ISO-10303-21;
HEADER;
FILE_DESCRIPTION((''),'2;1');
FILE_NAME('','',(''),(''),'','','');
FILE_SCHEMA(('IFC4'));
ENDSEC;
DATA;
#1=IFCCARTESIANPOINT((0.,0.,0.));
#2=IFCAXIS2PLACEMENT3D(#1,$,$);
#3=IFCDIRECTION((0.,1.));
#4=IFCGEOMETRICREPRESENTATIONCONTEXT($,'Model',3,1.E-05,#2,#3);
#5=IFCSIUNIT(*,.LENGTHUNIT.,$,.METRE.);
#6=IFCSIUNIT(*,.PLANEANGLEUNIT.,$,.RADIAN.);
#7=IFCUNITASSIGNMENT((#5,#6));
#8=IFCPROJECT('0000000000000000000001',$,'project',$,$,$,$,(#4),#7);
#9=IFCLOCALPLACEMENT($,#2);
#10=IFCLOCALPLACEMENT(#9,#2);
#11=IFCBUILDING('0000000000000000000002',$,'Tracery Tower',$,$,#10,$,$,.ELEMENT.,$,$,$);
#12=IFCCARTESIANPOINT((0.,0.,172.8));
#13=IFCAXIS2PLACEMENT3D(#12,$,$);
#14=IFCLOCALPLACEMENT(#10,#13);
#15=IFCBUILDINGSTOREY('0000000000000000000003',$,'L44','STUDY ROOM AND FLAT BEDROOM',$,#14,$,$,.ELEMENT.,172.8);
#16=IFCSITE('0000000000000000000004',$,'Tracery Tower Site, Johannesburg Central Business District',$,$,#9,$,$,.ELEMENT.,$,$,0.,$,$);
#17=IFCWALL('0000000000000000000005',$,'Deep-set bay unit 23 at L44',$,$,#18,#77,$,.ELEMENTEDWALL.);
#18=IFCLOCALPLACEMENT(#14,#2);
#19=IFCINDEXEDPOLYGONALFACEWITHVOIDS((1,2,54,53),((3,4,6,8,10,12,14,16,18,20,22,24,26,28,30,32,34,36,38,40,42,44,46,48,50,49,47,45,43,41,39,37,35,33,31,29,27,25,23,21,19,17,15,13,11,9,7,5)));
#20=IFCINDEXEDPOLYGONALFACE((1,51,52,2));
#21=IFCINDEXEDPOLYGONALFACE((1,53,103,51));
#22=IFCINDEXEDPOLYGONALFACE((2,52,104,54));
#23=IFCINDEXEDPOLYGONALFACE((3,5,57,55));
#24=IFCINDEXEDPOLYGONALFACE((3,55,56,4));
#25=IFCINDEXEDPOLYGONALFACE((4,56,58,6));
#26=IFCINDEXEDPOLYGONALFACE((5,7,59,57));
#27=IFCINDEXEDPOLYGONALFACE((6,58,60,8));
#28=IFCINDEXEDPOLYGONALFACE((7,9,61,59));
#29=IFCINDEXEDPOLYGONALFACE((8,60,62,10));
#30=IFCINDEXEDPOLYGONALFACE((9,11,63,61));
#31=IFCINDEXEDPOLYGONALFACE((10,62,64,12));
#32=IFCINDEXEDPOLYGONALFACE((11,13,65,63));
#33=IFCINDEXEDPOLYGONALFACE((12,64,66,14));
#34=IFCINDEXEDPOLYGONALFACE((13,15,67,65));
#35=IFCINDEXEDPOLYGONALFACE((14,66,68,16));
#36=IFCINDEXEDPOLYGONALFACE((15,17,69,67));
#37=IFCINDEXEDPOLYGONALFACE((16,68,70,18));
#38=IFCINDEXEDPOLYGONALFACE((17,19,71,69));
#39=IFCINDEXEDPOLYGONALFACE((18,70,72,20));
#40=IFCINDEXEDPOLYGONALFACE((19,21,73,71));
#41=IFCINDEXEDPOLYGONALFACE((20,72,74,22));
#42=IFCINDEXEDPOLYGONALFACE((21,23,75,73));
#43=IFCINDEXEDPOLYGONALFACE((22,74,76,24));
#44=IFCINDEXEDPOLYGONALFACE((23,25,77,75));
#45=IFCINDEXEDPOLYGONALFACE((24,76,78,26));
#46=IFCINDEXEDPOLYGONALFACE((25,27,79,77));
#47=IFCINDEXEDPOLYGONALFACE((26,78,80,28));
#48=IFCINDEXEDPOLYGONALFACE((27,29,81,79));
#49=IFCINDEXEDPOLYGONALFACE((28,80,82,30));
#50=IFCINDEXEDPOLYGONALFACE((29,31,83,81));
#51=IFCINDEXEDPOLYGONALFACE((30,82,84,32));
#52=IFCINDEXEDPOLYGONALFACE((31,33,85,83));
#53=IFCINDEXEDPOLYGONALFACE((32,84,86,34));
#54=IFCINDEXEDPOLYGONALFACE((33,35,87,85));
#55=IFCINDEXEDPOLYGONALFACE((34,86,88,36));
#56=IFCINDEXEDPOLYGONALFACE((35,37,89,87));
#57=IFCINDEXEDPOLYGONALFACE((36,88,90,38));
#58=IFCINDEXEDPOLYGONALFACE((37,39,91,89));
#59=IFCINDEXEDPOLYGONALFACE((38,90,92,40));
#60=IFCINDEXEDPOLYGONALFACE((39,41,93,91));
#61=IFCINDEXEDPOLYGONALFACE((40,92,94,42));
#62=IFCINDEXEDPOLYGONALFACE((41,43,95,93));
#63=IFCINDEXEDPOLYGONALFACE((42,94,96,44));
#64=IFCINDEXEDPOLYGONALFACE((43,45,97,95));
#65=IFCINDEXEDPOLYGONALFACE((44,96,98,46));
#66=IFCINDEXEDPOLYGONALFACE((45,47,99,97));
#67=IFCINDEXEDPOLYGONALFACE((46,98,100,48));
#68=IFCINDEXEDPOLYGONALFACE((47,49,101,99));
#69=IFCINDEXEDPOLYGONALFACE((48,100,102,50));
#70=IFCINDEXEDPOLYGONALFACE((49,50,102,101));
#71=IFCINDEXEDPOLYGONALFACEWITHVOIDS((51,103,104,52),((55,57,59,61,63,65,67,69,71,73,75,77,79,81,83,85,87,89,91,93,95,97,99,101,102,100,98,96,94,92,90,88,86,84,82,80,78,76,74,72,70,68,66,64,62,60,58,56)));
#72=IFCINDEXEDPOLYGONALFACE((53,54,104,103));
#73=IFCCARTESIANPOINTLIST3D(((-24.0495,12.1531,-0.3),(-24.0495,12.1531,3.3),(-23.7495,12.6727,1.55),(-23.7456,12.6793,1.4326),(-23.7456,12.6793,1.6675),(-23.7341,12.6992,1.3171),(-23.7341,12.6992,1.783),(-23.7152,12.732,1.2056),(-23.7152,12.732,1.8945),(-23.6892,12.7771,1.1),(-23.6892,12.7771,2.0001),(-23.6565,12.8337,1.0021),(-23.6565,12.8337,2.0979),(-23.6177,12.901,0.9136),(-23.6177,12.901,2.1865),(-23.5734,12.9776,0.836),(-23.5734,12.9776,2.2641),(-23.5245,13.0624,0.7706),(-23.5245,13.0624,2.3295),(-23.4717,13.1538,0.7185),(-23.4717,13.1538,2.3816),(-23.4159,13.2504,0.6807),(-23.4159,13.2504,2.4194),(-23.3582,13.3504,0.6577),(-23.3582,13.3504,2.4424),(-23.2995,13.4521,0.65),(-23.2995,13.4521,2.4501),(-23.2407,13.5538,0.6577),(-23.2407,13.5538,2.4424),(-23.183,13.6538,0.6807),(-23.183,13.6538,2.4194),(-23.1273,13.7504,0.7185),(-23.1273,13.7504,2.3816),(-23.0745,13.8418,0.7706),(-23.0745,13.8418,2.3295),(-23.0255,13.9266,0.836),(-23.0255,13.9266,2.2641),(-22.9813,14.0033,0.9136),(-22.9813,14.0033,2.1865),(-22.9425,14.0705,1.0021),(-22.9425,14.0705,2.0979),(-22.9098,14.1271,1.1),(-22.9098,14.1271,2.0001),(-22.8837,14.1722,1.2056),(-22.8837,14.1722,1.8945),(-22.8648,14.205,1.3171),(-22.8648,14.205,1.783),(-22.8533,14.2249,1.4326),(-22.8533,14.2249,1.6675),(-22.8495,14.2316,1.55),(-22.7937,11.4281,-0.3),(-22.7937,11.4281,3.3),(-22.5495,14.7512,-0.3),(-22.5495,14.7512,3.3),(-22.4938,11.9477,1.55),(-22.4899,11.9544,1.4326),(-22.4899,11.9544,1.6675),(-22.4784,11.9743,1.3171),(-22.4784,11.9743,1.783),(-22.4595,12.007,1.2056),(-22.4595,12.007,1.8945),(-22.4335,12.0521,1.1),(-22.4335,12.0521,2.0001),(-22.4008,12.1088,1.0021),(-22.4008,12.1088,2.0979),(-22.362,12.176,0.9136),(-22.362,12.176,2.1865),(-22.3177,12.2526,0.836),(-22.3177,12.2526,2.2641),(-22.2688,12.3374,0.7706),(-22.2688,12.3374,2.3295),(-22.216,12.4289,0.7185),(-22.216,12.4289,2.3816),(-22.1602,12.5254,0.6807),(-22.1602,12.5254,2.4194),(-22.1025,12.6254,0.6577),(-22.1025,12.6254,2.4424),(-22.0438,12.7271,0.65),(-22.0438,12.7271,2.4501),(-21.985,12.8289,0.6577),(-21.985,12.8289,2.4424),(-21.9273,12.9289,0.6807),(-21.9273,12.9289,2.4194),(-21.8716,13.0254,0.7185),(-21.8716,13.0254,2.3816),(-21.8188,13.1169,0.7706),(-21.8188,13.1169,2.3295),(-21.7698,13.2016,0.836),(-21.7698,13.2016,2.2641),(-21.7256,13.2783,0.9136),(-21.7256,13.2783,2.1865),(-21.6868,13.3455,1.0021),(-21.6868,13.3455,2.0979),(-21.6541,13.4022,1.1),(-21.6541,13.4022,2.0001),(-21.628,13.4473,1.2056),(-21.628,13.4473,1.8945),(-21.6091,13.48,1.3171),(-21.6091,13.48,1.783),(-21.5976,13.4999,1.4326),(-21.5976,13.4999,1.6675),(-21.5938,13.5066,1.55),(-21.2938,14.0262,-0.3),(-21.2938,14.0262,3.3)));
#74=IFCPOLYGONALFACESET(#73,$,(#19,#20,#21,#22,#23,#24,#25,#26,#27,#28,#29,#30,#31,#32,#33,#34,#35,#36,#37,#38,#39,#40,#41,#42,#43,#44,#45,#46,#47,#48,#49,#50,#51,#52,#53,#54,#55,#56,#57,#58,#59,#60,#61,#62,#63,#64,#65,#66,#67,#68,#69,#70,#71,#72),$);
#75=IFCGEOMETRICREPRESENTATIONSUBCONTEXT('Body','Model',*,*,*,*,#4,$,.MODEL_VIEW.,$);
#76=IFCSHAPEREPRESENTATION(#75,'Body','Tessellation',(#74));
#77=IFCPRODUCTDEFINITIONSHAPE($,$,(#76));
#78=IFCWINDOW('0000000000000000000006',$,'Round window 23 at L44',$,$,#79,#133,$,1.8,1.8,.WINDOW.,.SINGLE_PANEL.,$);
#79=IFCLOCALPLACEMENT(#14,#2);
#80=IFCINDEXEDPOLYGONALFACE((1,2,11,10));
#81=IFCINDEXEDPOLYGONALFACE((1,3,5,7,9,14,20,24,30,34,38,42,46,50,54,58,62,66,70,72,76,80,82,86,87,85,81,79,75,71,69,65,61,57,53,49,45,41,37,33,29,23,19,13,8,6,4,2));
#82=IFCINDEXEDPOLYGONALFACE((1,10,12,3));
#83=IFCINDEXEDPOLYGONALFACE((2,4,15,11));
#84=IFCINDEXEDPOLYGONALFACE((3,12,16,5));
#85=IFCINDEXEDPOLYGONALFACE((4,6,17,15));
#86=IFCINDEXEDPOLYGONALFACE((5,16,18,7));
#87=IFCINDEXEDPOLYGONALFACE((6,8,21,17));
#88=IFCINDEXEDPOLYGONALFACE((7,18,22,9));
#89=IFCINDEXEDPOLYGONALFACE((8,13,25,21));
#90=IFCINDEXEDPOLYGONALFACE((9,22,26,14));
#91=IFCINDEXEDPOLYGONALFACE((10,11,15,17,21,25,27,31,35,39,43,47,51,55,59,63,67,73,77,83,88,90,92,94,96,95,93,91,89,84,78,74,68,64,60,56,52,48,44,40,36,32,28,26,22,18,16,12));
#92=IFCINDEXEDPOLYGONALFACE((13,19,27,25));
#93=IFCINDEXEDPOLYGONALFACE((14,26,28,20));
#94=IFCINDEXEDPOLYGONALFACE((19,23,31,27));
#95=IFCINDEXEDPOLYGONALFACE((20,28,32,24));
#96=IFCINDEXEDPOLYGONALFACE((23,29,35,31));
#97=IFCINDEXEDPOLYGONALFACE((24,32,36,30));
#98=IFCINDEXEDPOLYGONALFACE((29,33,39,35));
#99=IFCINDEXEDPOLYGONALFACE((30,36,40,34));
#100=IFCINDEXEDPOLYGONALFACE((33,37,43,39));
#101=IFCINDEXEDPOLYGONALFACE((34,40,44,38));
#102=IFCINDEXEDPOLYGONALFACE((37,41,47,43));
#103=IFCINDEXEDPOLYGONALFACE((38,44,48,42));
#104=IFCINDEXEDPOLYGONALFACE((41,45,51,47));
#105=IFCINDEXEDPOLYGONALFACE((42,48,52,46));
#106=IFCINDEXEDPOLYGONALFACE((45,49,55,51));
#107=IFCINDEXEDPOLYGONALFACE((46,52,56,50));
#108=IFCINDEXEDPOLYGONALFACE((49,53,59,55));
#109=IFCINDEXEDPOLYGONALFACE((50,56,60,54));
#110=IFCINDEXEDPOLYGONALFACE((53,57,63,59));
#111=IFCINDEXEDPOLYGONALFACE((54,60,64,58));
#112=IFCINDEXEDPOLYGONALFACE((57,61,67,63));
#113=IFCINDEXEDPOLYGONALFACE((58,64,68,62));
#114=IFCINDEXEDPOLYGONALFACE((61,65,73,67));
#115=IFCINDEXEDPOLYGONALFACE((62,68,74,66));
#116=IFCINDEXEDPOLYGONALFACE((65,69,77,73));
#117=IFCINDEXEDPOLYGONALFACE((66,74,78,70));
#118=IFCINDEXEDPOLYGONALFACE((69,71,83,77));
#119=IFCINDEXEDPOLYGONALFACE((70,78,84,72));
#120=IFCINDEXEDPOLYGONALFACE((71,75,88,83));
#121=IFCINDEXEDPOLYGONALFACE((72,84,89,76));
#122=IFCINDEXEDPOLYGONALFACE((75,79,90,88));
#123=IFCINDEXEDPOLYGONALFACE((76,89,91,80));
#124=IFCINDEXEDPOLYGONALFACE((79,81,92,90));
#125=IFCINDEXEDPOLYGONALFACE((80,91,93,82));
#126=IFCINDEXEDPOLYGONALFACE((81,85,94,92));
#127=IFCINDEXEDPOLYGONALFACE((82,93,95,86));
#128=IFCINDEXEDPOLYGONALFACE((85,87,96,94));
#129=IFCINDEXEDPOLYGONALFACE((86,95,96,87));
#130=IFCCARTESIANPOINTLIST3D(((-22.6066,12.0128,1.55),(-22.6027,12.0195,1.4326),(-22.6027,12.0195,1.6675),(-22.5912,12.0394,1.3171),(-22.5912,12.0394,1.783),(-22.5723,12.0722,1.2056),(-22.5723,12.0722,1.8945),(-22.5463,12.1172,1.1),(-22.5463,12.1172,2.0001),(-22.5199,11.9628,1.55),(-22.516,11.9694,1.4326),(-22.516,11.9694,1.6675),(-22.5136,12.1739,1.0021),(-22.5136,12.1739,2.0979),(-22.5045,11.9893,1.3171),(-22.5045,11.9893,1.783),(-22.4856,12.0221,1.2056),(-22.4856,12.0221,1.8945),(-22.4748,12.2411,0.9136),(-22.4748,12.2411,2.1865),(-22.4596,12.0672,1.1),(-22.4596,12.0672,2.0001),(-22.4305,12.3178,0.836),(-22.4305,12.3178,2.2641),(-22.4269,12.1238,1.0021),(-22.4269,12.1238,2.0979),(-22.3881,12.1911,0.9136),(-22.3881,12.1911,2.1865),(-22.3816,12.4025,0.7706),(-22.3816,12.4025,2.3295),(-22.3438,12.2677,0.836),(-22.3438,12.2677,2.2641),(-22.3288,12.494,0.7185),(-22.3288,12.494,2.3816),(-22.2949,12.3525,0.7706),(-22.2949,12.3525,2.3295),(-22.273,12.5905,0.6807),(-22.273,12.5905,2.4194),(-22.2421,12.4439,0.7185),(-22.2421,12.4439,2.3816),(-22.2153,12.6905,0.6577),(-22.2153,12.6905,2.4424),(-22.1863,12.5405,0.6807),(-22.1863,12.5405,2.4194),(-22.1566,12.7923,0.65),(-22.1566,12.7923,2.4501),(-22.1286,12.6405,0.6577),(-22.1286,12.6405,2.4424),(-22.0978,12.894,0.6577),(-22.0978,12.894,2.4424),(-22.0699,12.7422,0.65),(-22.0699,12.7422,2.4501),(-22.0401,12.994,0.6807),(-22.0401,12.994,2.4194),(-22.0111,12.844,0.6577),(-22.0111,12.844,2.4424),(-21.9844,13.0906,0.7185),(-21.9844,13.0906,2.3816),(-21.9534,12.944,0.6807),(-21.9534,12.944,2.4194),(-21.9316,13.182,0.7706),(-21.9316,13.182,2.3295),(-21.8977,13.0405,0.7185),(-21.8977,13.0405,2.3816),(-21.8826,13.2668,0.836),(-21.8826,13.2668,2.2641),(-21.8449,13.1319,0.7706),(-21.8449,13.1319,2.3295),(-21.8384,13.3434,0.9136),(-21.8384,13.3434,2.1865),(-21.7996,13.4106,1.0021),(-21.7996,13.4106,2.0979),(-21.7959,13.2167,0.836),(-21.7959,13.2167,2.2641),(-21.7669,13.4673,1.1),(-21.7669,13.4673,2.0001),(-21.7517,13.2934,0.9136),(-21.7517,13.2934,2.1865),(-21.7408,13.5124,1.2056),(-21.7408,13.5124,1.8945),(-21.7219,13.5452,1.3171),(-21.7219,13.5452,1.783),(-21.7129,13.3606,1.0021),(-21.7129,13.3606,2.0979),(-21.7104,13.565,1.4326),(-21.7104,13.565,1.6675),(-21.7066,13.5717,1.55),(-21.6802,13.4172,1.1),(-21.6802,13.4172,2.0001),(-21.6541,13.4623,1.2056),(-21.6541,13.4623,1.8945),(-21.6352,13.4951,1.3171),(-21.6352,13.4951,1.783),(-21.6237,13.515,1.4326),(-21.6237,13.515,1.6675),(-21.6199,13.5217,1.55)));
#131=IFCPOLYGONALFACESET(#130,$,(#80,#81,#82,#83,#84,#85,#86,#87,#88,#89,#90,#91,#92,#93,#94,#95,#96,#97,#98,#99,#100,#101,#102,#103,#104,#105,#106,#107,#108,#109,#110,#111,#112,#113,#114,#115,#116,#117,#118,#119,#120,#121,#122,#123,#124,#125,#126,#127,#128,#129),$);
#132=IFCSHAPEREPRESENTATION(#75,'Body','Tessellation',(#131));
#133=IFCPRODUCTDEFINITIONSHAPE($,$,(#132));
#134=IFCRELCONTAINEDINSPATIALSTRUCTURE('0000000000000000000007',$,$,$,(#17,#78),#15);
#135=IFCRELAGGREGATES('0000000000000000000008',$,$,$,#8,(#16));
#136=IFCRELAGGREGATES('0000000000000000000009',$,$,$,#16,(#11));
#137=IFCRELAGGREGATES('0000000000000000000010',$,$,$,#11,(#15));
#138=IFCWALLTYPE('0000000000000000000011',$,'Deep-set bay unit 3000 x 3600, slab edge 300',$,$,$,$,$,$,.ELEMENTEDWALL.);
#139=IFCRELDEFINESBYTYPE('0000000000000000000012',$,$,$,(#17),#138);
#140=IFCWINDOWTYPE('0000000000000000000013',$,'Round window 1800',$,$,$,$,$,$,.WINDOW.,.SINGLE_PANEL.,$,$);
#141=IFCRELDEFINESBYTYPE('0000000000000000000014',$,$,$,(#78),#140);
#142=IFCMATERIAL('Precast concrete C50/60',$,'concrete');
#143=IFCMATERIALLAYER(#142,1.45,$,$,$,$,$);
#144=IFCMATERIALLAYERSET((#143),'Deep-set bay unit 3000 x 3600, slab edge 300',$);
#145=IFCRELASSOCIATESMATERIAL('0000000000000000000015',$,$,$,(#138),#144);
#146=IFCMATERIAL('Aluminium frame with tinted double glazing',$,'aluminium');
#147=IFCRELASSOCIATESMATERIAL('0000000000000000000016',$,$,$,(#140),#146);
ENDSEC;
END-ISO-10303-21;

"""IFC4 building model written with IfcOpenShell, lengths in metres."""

from ifc_helpers import new_model, si_unit, direction, frame, frame_2d, origin, origin_2d, place, context, subcontext, project, spatial, rectangle, circle, extrude, material, layer, layer_set, type_object, element, fill, save


model = new_model("IFC4")

# Units and contexts
model_context = context("Model", 3, precision=1e-05, world=origin(), true_north=direction((0.0, 1.0)))
body_context = subcontext(model_context, "Body", "Model", "MODEL_VIEW")
ifc_project = project(units=[si_unit("LENGTHUNIT", "METRE"), si_unit("PLANEANGLEUNIT", "RADIAN")], contexts=[model_context])

# Site, building, storey
site_placement = place(None, origin())
site = spatial("IfcSite", under=ifc_project, at=site_placement, Name="Tracery Tower Site, Johannesburg Central Business District", CompositionType="ELEMENT", RefElevation=0.0)
building_placement = place(site_placement, origin())
building = spatial("IfcBuilding", under=site, at=building_placement, Name="Tracery Tower", CompositionType="ELEMENT")
storey_placement = place(building_placement, frame((0.0, 0.0, 172.8)))
storey = spatial("IfcBuildingStorey", under=building, at=storey_placement, Name="L44", Description="STUDY ROOM AND FLAT BEDROOM", CompositionType="ELEMENT", Elevation=172.8)

# Wall, opening, window
ifc_material_1 = material(Name="Precast concrete C50/60", Category="concrete")
ifc_layer_1 = layer(ifc_material_1, 1.45)
ifc_layer_set_1 = layer_set([ifc_layer_1], Name="Deep-set bay unit 3000 x 3600, slab edge 300")
wall_type_1 = type_object("IfcWallType", Name="Deep-set bay unit 3000 x 3600, slab edge 300", PredefinedType="ELEMENTEDWALL", material=ifc_layer_set_1)
ifc_material_2 = material(Name="Aluminium frame with tinted double glazing", Category="aluminium")
window_type = type_object("IfcWindowType", Name="Round window 1800", PartitioningType="SINGLE_PANEL", PredefinedType="WINDOW", material=ifc_material_2)
wall_1_placement = place(storey_placement, frame((-21.9216, 14.3887, -0.3), z_axis=(0.0, 0.0, 1.0), x_axis=(-0.49999, -0.866031, 0.0)))
wall_1 = element("IfcWall", 1, at=wall_1_placement, inside=storey, type_object=wall_type_1, Name="Deep-set bay unit 23 at L44", PredefinedType="ELEMENTEDWALL", context=body_context, shape_type="SweptSolid", body=[
    extrude(rectangle(XDim=3.0, YDim=1.45, at=frame_2d((1.5, 0.0))), origin(), (0.0, 0.0, 1.0), 3.6001),
])
opening_1_placement = place(wall_1_placement, frame((1.5, 0.0, 1.8501)))
opening_1 = element("IfcOpeningElement", 2, at=opening_1_placement, cuts=wall_1, PredefinedType="OPENING", context=body_context, shape_type="SweptSolid", body=[
    extrude(circle(Radius=0.9, at=origin_2d()), frame((0.0, 0.7349, 0.0), z_axis=(0.0, -1.0, 0.0), x_axis=(1.0, 0.0, 0.0)), (0.0, 0.0, 1.0), 1.47),
])
window_1_placement = place(opening_1_placement, origin())
window_1 = element("IfcWindow", 3, at=window_1_placement, inside=storey, type_object=window_type, Name="Round window 23 at L44", OverallHeight=1.8, OverallWidth=1.8, PartitioningType="SINGLE_PANEL", PredefinedType="WINDOW", context=body_context, shape_type="SweptSolid", body=[
    extrude(circle(Radius=0.9, at=origin_2d()), frame((0.0, 0.6948, 0.0), z_axis=(0.0, -1.0, 0.0), x_axis=(1.0, 0.0, 0.0)), (0.0, 0.0, 1.0), 0.1001),
])
fill(opening_1, window_1)

save(model, "model.ifc")
